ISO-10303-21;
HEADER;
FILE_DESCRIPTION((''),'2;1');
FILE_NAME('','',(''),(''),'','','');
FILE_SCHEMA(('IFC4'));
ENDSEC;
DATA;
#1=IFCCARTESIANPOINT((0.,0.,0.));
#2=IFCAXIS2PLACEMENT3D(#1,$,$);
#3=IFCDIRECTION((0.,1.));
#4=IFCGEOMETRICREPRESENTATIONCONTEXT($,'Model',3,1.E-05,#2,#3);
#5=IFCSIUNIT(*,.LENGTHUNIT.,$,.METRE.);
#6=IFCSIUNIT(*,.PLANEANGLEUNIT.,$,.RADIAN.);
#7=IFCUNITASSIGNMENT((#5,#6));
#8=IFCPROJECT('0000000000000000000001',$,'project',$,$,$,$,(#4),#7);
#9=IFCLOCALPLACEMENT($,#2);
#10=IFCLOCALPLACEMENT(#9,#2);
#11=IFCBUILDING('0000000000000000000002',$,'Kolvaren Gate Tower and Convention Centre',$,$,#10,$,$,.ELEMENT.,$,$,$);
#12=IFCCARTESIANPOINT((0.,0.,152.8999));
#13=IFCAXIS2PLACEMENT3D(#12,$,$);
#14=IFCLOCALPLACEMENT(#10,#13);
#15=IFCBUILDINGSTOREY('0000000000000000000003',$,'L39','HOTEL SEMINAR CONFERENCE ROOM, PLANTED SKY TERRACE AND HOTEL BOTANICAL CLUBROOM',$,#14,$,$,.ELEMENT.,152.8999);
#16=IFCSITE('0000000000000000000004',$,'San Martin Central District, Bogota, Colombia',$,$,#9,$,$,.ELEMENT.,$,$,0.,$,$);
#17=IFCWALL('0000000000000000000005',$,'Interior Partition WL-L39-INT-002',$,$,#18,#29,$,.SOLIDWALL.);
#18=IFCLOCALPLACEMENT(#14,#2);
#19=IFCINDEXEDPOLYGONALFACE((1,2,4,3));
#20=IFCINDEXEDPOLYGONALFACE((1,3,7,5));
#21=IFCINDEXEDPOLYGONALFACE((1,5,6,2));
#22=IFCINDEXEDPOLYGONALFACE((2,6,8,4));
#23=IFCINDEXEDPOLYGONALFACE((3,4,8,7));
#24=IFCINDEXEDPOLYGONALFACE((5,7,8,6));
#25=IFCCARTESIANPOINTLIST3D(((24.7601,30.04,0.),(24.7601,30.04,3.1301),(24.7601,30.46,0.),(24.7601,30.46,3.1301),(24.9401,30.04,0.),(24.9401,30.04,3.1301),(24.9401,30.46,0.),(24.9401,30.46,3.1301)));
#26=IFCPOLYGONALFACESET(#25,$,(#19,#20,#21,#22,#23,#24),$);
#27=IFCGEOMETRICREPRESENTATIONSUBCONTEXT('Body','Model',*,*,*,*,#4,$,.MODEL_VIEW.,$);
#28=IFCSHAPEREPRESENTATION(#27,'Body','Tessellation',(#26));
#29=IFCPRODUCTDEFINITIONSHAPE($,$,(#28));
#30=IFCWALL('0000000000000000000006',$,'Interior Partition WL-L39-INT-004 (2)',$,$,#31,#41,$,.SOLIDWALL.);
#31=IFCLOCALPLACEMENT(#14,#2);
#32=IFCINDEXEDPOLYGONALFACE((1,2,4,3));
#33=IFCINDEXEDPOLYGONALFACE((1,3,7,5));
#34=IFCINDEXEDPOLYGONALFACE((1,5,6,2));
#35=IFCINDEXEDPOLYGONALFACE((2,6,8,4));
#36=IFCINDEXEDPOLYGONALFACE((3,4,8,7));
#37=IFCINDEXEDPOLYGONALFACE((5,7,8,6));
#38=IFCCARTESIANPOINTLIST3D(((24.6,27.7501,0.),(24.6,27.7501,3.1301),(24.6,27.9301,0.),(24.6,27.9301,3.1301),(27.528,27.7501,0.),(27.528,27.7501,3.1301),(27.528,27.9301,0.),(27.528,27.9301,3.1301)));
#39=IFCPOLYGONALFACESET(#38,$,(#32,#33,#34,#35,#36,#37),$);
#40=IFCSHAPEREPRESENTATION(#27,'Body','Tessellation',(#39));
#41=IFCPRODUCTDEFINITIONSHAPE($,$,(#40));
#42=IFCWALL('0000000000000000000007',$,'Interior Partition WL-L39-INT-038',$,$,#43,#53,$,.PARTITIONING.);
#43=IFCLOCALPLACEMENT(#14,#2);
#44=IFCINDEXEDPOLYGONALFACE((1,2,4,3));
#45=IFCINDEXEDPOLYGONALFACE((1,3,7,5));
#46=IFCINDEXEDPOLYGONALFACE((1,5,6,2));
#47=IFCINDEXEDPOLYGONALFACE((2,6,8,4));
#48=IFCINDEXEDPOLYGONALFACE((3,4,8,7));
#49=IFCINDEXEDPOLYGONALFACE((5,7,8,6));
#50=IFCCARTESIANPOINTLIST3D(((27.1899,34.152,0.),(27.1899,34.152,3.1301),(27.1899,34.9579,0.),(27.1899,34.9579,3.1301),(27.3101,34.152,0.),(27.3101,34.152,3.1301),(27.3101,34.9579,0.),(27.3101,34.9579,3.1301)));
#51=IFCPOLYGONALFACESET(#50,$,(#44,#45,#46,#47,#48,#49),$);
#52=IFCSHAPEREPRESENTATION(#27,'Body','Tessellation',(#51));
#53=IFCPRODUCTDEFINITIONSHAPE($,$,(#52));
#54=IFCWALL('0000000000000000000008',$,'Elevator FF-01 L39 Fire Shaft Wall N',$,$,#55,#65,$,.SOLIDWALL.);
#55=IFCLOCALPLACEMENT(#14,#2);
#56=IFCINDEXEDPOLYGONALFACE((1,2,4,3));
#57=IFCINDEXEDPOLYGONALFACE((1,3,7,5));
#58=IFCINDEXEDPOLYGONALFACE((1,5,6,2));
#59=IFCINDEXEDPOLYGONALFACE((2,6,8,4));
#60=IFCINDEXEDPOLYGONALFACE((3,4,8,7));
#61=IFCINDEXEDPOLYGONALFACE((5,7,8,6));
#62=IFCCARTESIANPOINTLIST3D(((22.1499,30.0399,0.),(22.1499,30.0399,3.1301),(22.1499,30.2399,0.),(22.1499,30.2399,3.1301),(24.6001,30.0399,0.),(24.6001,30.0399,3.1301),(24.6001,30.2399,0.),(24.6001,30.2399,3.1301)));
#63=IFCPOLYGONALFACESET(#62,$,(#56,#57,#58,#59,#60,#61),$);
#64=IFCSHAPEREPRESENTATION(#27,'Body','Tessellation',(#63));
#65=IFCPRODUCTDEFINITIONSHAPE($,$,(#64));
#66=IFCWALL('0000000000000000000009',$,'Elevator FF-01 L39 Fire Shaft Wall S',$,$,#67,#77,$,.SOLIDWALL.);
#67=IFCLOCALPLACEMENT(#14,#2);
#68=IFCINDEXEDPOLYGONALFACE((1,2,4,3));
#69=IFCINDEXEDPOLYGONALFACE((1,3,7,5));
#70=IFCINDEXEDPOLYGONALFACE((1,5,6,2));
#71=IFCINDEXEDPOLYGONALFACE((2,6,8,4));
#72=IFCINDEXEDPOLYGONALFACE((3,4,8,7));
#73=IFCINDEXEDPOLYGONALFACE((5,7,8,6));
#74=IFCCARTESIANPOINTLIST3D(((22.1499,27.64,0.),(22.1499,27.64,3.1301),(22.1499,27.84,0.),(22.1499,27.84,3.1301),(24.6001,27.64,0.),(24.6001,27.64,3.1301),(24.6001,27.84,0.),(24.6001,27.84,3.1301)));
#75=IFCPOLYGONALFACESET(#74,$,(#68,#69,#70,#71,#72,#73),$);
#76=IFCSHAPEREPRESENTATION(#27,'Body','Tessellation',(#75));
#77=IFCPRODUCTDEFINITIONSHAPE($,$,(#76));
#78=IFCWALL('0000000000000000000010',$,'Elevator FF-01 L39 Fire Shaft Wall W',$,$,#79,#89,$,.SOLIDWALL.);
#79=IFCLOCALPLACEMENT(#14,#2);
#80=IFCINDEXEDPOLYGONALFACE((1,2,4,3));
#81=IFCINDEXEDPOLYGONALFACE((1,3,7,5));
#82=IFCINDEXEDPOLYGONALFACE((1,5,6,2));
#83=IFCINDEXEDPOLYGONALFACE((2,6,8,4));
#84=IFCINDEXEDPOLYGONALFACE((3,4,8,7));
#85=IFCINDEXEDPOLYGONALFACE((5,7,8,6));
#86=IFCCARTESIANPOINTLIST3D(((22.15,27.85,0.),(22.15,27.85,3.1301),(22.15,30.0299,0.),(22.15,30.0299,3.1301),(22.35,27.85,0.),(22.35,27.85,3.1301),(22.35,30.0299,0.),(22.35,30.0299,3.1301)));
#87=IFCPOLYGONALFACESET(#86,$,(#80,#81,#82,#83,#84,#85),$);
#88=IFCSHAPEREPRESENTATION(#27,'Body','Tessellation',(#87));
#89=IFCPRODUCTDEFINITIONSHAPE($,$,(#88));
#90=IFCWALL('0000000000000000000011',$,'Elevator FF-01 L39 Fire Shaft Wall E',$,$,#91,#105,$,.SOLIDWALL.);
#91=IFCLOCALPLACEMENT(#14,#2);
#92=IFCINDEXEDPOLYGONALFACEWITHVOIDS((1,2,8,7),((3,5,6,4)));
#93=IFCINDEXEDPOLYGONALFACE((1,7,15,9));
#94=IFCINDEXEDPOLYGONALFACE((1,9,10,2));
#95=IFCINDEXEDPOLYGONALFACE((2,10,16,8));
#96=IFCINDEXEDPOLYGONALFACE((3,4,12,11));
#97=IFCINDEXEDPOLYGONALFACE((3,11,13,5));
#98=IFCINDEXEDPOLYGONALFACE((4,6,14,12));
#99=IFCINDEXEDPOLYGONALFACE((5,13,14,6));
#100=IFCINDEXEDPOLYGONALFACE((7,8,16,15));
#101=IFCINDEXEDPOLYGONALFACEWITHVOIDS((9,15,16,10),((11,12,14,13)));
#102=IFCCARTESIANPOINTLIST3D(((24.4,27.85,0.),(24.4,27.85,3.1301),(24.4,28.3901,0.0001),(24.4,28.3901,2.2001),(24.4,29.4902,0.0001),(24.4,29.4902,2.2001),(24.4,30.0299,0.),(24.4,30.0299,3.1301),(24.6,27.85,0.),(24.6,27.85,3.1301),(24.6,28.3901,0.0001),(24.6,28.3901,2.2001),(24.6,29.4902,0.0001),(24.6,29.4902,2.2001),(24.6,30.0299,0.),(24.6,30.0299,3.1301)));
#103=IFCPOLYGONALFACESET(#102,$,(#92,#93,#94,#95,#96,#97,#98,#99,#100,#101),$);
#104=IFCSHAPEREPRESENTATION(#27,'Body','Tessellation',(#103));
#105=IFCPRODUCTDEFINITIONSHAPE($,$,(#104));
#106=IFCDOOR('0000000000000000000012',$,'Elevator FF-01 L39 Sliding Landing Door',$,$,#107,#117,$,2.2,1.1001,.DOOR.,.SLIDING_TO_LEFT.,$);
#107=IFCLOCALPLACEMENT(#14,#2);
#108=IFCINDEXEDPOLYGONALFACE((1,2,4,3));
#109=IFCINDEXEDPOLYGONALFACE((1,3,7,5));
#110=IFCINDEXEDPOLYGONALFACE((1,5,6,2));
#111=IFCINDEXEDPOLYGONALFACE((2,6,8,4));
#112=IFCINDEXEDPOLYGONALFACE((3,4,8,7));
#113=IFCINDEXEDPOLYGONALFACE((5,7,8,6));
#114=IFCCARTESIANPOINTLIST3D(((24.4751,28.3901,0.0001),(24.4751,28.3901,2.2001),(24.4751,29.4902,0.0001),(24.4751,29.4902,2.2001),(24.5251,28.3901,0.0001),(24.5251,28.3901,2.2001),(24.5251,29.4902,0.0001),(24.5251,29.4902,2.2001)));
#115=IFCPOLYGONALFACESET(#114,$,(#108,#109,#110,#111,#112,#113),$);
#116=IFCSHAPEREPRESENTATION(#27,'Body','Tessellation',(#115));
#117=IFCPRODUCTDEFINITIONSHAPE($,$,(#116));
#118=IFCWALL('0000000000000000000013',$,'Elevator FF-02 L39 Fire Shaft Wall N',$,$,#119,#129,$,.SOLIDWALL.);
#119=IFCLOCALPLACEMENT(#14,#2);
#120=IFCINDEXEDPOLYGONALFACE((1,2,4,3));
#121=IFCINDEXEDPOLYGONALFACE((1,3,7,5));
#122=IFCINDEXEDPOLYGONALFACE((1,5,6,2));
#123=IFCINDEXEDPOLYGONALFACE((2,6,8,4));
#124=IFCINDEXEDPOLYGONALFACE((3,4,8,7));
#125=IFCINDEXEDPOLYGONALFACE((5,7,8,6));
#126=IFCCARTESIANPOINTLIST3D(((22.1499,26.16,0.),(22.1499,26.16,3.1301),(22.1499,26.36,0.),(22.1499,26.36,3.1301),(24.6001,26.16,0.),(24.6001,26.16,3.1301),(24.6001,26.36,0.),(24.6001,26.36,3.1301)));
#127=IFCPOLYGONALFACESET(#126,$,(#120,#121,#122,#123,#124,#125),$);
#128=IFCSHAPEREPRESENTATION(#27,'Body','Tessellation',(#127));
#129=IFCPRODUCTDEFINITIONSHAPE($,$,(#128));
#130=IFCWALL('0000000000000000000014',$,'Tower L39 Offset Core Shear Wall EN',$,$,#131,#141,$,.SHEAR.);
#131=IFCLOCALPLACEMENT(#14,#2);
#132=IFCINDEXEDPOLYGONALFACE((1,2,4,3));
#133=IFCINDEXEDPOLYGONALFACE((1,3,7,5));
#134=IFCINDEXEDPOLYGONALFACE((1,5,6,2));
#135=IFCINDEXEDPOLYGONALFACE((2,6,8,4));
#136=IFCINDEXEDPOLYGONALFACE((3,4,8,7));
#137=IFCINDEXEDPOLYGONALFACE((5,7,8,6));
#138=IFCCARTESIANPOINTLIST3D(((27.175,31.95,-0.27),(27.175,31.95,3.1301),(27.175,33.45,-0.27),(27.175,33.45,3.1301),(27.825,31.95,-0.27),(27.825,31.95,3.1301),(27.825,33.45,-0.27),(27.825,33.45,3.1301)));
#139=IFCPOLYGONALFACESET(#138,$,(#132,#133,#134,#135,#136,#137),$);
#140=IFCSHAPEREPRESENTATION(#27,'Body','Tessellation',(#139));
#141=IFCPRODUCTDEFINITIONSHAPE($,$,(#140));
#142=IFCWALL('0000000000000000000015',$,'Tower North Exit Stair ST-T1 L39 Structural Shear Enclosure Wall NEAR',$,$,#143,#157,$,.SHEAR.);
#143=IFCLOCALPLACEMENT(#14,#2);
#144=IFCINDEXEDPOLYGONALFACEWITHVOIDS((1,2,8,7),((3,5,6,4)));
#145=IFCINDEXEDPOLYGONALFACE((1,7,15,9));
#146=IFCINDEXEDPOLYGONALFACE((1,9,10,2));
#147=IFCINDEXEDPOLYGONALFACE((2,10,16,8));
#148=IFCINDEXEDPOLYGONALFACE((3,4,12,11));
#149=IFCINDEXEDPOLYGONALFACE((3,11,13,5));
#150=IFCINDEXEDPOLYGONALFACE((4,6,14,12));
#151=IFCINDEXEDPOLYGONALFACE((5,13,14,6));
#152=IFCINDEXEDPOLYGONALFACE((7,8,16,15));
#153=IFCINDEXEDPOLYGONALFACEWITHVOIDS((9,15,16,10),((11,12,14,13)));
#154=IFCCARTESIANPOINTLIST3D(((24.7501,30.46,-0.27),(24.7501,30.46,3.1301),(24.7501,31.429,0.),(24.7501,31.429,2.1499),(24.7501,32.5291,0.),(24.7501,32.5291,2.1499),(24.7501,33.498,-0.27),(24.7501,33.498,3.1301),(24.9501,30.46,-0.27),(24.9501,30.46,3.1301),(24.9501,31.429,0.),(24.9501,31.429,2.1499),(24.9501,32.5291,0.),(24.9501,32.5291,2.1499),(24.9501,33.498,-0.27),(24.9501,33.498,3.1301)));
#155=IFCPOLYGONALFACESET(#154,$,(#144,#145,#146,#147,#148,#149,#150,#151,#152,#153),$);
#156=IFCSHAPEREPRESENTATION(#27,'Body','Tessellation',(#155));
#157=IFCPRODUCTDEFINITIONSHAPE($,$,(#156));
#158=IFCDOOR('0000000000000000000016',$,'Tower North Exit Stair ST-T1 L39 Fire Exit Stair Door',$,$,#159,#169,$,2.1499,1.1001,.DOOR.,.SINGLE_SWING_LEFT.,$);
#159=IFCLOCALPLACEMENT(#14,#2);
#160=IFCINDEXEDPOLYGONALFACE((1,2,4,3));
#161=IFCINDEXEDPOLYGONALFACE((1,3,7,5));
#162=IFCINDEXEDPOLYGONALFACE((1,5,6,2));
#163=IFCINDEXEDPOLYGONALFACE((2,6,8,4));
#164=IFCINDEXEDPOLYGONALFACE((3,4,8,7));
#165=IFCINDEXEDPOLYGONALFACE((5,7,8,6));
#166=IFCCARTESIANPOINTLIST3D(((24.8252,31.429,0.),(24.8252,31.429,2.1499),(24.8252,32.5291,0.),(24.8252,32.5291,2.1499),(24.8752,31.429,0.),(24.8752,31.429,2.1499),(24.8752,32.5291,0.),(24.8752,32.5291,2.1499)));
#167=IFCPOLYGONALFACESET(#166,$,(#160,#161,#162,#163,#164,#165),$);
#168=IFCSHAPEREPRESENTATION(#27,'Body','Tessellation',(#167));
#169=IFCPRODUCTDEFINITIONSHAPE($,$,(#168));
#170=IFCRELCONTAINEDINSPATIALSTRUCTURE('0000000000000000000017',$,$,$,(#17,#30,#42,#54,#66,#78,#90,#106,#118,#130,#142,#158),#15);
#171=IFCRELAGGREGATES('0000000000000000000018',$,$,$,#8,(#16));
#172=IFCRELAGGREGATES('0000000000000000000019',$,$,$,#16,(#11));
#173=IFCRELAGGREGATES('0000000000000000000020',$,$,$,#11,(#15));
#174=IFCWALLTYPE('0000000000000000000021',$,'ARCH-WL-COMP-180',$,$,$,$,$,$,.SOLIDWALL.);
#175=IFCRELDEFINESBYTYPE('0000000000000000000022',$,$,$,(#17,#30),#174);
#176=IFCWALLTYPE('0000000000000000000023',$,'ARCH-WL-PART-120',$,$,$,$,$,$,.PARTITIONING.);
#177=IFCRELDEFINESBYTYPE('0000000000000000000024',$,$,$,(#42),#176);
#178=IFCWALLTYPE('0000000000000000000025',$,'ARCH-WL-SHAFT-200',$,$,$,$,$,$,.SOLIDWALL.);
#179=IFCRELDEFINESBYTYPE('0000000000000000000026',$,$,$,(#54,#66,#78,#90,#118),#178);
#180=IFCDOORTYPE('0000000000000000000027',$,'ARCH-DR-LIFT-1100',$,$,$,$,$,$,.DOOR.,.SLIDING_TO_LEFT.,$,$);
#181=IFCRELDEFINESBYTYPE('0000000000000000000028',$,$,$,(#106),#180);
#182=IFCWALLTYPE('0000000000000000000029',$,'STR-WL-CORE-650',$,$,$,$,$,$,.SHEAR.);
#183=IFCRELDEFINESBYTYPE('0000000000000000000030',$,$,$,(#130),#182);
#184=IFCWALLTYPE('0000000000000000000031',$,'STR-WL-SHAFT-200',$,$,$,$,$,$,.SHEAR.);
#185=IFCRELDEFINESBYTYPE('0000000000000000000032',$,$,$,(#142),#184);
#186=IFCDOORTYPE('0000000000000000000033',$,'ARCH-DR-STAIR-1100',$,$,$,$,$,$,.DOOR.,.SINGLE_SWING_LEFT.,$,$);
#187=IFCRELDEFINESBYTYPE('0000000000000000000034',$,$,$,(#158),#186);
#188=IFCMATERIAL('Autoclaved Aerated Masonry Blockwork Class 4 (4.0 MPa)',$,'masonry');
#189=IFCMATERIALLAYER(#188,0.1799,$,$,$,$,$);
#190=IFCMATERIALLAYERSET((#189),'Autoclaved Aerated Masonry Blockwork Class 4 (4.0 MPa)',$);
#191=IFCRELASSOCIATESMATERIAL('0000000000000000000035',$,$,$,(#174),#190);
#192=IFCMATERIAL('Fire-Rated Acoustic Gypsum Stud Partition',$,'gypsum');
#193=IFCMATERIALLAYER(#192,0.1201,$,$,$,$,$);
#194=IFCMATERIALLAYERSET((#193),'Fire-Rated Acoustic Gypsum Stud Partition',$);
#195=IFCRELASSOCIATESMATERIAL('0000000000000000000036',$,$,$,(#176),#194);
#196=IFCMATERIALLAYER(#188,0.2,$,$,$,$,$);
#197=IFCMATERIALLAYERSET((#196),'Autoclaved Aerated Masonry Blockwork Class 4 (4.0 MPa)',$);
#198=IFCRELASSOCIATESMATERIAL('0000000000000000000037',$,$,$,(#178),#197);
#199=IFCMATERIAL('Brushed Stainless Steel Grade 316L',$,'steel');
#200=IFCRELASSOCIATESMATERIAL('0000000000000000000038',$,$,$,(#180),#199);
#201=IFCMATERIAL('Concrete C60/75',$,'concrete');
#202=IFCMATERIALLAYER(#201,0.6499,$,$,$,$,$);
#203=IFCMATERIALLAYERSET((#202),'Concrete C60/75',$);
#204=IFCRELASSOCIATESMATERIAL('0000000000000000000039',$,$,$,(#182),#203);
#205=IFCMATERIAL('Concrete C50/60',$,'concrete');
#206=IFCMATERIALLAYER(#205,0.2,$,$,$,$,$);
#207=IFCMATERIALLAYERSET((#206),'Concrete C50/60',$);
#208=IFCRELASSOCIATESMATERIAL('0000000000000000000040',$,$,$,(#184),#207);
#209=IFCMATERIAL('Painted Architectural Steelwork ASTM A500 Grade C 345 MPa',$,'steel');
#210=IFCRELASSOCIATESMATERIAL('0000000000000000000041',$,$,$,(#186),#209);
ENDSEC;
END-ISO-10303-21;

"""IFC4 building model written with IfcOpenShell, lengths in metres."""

from ifc_helpers import new_model, si_unit, direction, frame, frame_2d, origin, place, context, subcontext, project, spatial, rectangle, extrude, material, layer, layer_set, type_object, element, fill, save


model = new_model("IFC4")

# Units and contexts
model_context = context("Model", 3, precision=1e-05, world=origin(), true_north=direction((0.0, 1.0)))
body_context = subcontext(model_context, "Body", "Model", "MODEL_VIEW")
ifc_project = project(units=[si_unit("LENGTHUNIT", "METRE"), si_unit("PLANEANGLEUNIT", "RADIAN")], contexts=[model_context])

# Site, building, storey
site_placement = place(None, origin())
site = spatial("IfcSite", under=ifc_project, at=site_placement, Name="San Martin Central District, Bogota, Colombia", CompositionType="ELEMENT", RefElevation=0.0)
building_placement = place(site_placement, origin())
building = spatial("IfcBuilding", under=site, at=building_placement, Name="Kolvaren Gate Tower and Convention Centre", CompositionType="ELEMENT")
storey_placement = place(building_placement, frame((0.0, 0.0, 152.8999)))
storey = spatial("IfcBuildingStorey", under=building, at=storey_placement, Name="L39", Description="HOTEL SEMINAR CONFERENCE ROOM, PLANTED SKY TERRACE AND HOTEL BOTANICAL CLUBROOM", CompositionType="ELEMENT", Elevation=152.8999)

# Walls
ifc_material_1 = material(Name="Autoclaved Aerated Masonry Blockwork Class 4 (4.0 MPa)", Category="masonry")
ifc_layer_1 = layer(ifc_material_1, 0.1799)
ifc_layer_set_1 = layer_set([ifc_layer_1], Name="Autoclaved Aerated Masonry Blockwork Class 4 (4.0 MPa)")
wall_type_1 = type_object("IfcWallType", Name="ARCH-WL-COMP-180", PredefinedType="SOLIDWALL", material=ifc_layer_set_1)
wall_1_placement = place(storey_placement, frame((24.8501, 30.04, 0.0), z_axis=(0.0, 0.0, 1.0), x_axis=(0.0, 1.0, 0.0)))
element("IfcWall", 1, at=wall_1_placement, inside=storey, type_object=wall_type_1, Name="Interior Partition WL-L39-INT-002", PredefinedType="SOLIDWALL", context=body_context, shape_type="SweptSolid", body=[
    extrude(rectangle(XDim=0.4199, YDim=0.1799, at=frame_2d((0.21, 0.0))), origin(), (0.0, 0.0, 1.0), 3.1301),
])
wall_2_placement = place(storey_placement, frame((24.6001, 27.8401, 0.0), z_axis=(0.0, 0.0, 1.0), x_axis=(1.0, 0.0, 0.0)))
element("IfcWall", 2, at=wall_2_placement, inside=storey, type_object=wall_type_1, Name="Interior Partition WL-L39-INT-004 (2)", PredefinedType="SOLIDWALL", context=body_context, shape_type="SweptSolid", body=[
    extrude(rectangle(XDim=2.928, YDim=0.1799, at=frame_2d((1.4639, 0.0))), origin(), (0.0, 0.0, 1.0), 3.1301),
])
ifc_material_2 = material(Name="Fire-Rated Acoustic Gypsum Stud Partition", Category="gypsum")
ifc_layer_2 = layer(ifc_material_2, 0.1201)
ifc_layer_set_2 = layer_set([ifc_layer_2], Name="Fire-Rated Acoustic Gypsum Stud Partition")
wall_type_2 = type_object("IfcWallType", Name="ARCH-WL-PART-120", PredefinedType="PARTITIONING", material=ifc_layer_set_2)
wall_3_placement = place(storey_placement, frame((27.25, 34.1521, 0.0), z_axis=(0.0, 0.0, 1.0), x_axis=(0.0, 1.0, 0.0)))
element("IfcWall", 3, at=wall_3_placement, inside=storey, type_object=wall_type_2, Name="Interior Partition WL-L39-INT-038", PredefinedType="PARTITIONING", context=body_context, shape_type="SweptSolid", body=[
    extrude(rectangle(XDim=0.8059, YDim=0.1201, at=frame_2d((0.4028, 0.0))), origin(), (0.0, 0.0, 1.0), 3.1301),
])
ifc_layer_3 = layer(ifc_material_1, 0.2)
ifc_layer_set_3 = layer_set([ifc_layer_3], Name="Autoclaved Aerated Masonry Blockwork Class 4 (4.0 MPa)")
wall_type_3 = type_object("IfcWallType", Name="ARCH-WL-SHAFT-200", PredefinedType="SOLIDWALL", material=ifc_layer_set_3)
for number, where, z_axis, x_axis, name in (
    (4, (22.1499, 30.1399, 0.0), (0.0, 0.0, 1.0), (1.0, 0.0, 0.0), "Elevator FF-01 L39 Fire Shaft Wall N"),
    (5, (22.1499, 27.74, 0.0), (0.0, 0.0, 1.0), (1.0, 0.0, 0.0), "Elevator FF-01 L39 Fire Shaft Wall S"),
):
    element("IfcWall", number, at=place(storey_placement, frame(where, z_axis=z_axis, x_axis=x_axis)), inside=storey, type_object=wall_type_3, Name=name, PredefinedType="SOLIDWALL", context=body_context, shape_type="SweptSolid", body=[
        extrude(rectangle(XDim=2.4502, YDim=0.2, at=frame_2d((1.2251, 0.0))), origin(), (0.0, 0.0, 1.0), 3.1301),
    ])
wall_4_placement = place(storey_placement, frame((22.25, 27.8501, 0.0), z_axis=(0.0, 0.0, 1.0), x_axis=(0.0, 1.0, 0.0)))
element("IfcWall", 6, at=wall_4_placement, inside=storey, type_object=wall_type_3, Name="Elevator FF-01 L39 Fire Shaft Wall W", PredefinedType="SOLIDWALL", context=body_context, shape_type="SweptSolid", body=[
    extrude(rectangle(XDim=2.1799, YDim=0.2, at=frame_2d((1.0898, 0.0))), origin(), (0.0, 0.0, 1.0), 3.1301),
])

# Wall, opening, door
wall_5_placement = place(storey_placement, frame((24.5, 27.8501, 0.0), z_axis=(0.0, 0.0, 1.0), x_axis=(0.0, 1.0, 0.0)))
wall_5 = element("IfcWall", 7, at=wall_5_placement, inside=storey, type_object=wall_type_3, Name="Elevator FF-01 L39 Fire Shaft Wall E", PredefinedType="SOLIDWALL", context=body_context, shape_type="SweptSolid", body=[
    extrude(rectangle(XDim=2.1799, YDim=0.2, at=frame_2d((1.0898, 0.0))), origin(), (0.0, 0.0, 1.0), 3.1301),
])
opening_1_placement = place(wall_5_placement, frame((0.54, 0.0, 0.0)))
opening_1 = element("IfcOpeningElement", 8, at=opening_1_placement, cuts=wall_5, PredefinedType="OPENING", context=body_context, shape_type="SweptSolid", body=[
    extrude(rectangle(XDim=1.1001, YDim=2.2, at=frame_2d((0.55, 1.1001))), frame((0.0, 0.1099, 0.0), z_axis=(0.0, -1.0, 0.0), x_axis=(1.0, 0.0, 0.0)), (0.0, 0.0, 1.0), 0.22),
])
ifc_material_3 = material(Name="Brushed Stainless Steel Grade 316L", Category="steel")
door_type_1 = type_object("IfcDoorType", Name="ARCH-DR-LIFT-1100", OperationType="SLIDING_TO_LEFT", PredefinedType="DOOR", material=ifc_material_3)
door_1_placement = place(opening_1_placement, origin())
door_1 = element("IfcDoor", 9, at=door_1_placement, inside=storey, type_object=door_type_1, Name="Elevator FF-01 L39 Sliding Landing Door", OperationType="SLIDING_TO_LEFT", OverallHeight=2.2, OverallWidth=1.1001, PredefinedType="DOOR", context=body_context, shape_type="SweptSolid", body=[
    extrude(rectangle(XDim=1.1001, YDim=2.2, at=frame_2d((0.55, 1.1001))), frame((0.0, 0.0249, 0.0), z_axis=(0.0, -1.0, 0.0), x_axis=(1.0, 0.0, 0.0)), (0.0, 0.0, 1.0), 0.05),
])
fill(opening_1, door_1)

# Walls
wall_6_placement = place(storey_placement, frame((22.1499, 26.26, 0.0), z_axis=(0.0, 0.0, 1.0), x_axis=(1.0, 0.0, 0.0)))
element("IfcWall", 10, at=wall_6_placement, inside=storey, type_object=wall_type_3, Name="Elevator FF-02 L39 Fire Shaft Wall N", PredefinedType="SOLIDWALL", context=body_context, shape_type="SweptSolid", body=[
    extrude(rectangle(XDim=2.4502, YDim=0.2, at=frame_2d((1.2251, 0.0))), origin(), (0.0, 0.0, 1.0), 3.1301),
])
ifc_material_4 = material(Name="Concrete C60/75", Category="concrete")
ifc_layer_4 = layer(ifc_material_4, 0.6499)
ifc_layer_set_4 = layer_set([ifc_layer_4], Name="Concrete C60/75")
wall_type_4 = type_object("IfcWallType", Name="STR-WL-CORE-650", PredefinedType="SHEAR", material=ifc_layer_set_4)
wall_7_placement = place(storey_placement, frame((27.5, 31.95, -0.27), z_axis=(0.0, 0.0, 1.0), x_axis=(0.0, 1.0, 0.0)))
element("IfcWall", 11, at=wall_7_placement, inside=storey, type_object=wall_type_4, Name="Tower L39 Offset Core Shear Wall EN", PredefinedType="SHEAR", context=body_context, shape_type="SweptSolid", body=[
    extrude(rectangle(XDim=1.5, YDim=0.6499, at=frame_2d((0.75, 0.0))), origin(), (0.0, 0.0, 1.0), 3.4001),
])

# Wall, opening, door
ifc_material_5 = material(Name="Concrete C50/60", Category="concrete")
ifc_layer_5 = layer(ifc_material_5, 0.2)
ifc_layer_set_5 = layer_set([ifc_layer_5], Name="Concrete C50/60")
wall_type_5 = type_object("IfcWallType", Name="STR-WL-SHAFT-200", PredefinedType="SHEAR", material=ifc_layer_set_5)
wall_8_placement = place(storey_placement, frame((24.8501, 30.46, -0.27), z_axis=(0.0, 0.0, 1.0), x_axis=(0.0, 1.0, 0.0)))
wall_8 = element("IfcWall", 12, at=wall_8_placement, inside=storey, type_object=wall_type_5, Name="Tower North Exit Stair ST-T1 L39 Structural Shear Enclosure Wall NEAR", PredefinedType="SHEAR", context=body_context, shape_type="SweptSolid", body=[
    extrude(rectangle(XDim=3.0381, YDim=0.2, at=frame_2d((1.519, 0.0))), origin(), (0.0, 0.0, 1.0), 3.4001),
])
opening_2_placement = place(wall_8_placement, frame((0.969, 0.0, 0.27)))
opening_2 = element("IfcOpeningElement", 13, at=opening_2_placement, cuts=wall_8, PredefinedType="OPENING", context=body_context, shape_type="SweptSolid", body=[
    extrude(rectangle(XDim=1.1001, YDim=2.1499, at=frame_2d((0.55, 1.075))), frame((0.0, 0.1099, 0.0), z_axis=(0.0, -1.0, 0.0), x_axis=(1.0, 0.0, 0.0)), (0.0, 0.0, 1.0), 0.22),
])
ifc_material_6 = material(Name="Painted Architectural Steelwork ASTM A500 Grade C 345 MPa", Category="steel")
door_type_2 = type_object("IfcDoorType", Name="ARCH-DR-STAIR-1100", OperationType="SINGLE_SWING_LEFT", PredefinedType="DOOR", material=ifc_material_6)
door_2_placement = place(opening_2_placement, origin())
door_2 = element("IfcDoor", 14, at=door_2_placement, inside=storey, type_object=door_type_2, Name="Tower North Exit Stair ST-T1 L39 Fire Exit Stair Door", OperationType="SINGLE_SWING_LEFT", OverallHeight=2.1499, OverallWidth=1.1001, PredefinedType="DOOR", context=body_context, shape_type="SweptSolid", body=[
    extrude(rectangle(XDim=1.1001, YDim=2.1499, at=frame_2d((0.55, 1.075))), frame((0.0, 0.0249, 0.0), z_axis=(0.0, -1.0, 0.0), x_axis=(1.0, 0.0, 0.0)), (0.0, 0.0, 1.0), 0.05),
])
fill(opening_2, door_2)

save(model, "model.ifc")
